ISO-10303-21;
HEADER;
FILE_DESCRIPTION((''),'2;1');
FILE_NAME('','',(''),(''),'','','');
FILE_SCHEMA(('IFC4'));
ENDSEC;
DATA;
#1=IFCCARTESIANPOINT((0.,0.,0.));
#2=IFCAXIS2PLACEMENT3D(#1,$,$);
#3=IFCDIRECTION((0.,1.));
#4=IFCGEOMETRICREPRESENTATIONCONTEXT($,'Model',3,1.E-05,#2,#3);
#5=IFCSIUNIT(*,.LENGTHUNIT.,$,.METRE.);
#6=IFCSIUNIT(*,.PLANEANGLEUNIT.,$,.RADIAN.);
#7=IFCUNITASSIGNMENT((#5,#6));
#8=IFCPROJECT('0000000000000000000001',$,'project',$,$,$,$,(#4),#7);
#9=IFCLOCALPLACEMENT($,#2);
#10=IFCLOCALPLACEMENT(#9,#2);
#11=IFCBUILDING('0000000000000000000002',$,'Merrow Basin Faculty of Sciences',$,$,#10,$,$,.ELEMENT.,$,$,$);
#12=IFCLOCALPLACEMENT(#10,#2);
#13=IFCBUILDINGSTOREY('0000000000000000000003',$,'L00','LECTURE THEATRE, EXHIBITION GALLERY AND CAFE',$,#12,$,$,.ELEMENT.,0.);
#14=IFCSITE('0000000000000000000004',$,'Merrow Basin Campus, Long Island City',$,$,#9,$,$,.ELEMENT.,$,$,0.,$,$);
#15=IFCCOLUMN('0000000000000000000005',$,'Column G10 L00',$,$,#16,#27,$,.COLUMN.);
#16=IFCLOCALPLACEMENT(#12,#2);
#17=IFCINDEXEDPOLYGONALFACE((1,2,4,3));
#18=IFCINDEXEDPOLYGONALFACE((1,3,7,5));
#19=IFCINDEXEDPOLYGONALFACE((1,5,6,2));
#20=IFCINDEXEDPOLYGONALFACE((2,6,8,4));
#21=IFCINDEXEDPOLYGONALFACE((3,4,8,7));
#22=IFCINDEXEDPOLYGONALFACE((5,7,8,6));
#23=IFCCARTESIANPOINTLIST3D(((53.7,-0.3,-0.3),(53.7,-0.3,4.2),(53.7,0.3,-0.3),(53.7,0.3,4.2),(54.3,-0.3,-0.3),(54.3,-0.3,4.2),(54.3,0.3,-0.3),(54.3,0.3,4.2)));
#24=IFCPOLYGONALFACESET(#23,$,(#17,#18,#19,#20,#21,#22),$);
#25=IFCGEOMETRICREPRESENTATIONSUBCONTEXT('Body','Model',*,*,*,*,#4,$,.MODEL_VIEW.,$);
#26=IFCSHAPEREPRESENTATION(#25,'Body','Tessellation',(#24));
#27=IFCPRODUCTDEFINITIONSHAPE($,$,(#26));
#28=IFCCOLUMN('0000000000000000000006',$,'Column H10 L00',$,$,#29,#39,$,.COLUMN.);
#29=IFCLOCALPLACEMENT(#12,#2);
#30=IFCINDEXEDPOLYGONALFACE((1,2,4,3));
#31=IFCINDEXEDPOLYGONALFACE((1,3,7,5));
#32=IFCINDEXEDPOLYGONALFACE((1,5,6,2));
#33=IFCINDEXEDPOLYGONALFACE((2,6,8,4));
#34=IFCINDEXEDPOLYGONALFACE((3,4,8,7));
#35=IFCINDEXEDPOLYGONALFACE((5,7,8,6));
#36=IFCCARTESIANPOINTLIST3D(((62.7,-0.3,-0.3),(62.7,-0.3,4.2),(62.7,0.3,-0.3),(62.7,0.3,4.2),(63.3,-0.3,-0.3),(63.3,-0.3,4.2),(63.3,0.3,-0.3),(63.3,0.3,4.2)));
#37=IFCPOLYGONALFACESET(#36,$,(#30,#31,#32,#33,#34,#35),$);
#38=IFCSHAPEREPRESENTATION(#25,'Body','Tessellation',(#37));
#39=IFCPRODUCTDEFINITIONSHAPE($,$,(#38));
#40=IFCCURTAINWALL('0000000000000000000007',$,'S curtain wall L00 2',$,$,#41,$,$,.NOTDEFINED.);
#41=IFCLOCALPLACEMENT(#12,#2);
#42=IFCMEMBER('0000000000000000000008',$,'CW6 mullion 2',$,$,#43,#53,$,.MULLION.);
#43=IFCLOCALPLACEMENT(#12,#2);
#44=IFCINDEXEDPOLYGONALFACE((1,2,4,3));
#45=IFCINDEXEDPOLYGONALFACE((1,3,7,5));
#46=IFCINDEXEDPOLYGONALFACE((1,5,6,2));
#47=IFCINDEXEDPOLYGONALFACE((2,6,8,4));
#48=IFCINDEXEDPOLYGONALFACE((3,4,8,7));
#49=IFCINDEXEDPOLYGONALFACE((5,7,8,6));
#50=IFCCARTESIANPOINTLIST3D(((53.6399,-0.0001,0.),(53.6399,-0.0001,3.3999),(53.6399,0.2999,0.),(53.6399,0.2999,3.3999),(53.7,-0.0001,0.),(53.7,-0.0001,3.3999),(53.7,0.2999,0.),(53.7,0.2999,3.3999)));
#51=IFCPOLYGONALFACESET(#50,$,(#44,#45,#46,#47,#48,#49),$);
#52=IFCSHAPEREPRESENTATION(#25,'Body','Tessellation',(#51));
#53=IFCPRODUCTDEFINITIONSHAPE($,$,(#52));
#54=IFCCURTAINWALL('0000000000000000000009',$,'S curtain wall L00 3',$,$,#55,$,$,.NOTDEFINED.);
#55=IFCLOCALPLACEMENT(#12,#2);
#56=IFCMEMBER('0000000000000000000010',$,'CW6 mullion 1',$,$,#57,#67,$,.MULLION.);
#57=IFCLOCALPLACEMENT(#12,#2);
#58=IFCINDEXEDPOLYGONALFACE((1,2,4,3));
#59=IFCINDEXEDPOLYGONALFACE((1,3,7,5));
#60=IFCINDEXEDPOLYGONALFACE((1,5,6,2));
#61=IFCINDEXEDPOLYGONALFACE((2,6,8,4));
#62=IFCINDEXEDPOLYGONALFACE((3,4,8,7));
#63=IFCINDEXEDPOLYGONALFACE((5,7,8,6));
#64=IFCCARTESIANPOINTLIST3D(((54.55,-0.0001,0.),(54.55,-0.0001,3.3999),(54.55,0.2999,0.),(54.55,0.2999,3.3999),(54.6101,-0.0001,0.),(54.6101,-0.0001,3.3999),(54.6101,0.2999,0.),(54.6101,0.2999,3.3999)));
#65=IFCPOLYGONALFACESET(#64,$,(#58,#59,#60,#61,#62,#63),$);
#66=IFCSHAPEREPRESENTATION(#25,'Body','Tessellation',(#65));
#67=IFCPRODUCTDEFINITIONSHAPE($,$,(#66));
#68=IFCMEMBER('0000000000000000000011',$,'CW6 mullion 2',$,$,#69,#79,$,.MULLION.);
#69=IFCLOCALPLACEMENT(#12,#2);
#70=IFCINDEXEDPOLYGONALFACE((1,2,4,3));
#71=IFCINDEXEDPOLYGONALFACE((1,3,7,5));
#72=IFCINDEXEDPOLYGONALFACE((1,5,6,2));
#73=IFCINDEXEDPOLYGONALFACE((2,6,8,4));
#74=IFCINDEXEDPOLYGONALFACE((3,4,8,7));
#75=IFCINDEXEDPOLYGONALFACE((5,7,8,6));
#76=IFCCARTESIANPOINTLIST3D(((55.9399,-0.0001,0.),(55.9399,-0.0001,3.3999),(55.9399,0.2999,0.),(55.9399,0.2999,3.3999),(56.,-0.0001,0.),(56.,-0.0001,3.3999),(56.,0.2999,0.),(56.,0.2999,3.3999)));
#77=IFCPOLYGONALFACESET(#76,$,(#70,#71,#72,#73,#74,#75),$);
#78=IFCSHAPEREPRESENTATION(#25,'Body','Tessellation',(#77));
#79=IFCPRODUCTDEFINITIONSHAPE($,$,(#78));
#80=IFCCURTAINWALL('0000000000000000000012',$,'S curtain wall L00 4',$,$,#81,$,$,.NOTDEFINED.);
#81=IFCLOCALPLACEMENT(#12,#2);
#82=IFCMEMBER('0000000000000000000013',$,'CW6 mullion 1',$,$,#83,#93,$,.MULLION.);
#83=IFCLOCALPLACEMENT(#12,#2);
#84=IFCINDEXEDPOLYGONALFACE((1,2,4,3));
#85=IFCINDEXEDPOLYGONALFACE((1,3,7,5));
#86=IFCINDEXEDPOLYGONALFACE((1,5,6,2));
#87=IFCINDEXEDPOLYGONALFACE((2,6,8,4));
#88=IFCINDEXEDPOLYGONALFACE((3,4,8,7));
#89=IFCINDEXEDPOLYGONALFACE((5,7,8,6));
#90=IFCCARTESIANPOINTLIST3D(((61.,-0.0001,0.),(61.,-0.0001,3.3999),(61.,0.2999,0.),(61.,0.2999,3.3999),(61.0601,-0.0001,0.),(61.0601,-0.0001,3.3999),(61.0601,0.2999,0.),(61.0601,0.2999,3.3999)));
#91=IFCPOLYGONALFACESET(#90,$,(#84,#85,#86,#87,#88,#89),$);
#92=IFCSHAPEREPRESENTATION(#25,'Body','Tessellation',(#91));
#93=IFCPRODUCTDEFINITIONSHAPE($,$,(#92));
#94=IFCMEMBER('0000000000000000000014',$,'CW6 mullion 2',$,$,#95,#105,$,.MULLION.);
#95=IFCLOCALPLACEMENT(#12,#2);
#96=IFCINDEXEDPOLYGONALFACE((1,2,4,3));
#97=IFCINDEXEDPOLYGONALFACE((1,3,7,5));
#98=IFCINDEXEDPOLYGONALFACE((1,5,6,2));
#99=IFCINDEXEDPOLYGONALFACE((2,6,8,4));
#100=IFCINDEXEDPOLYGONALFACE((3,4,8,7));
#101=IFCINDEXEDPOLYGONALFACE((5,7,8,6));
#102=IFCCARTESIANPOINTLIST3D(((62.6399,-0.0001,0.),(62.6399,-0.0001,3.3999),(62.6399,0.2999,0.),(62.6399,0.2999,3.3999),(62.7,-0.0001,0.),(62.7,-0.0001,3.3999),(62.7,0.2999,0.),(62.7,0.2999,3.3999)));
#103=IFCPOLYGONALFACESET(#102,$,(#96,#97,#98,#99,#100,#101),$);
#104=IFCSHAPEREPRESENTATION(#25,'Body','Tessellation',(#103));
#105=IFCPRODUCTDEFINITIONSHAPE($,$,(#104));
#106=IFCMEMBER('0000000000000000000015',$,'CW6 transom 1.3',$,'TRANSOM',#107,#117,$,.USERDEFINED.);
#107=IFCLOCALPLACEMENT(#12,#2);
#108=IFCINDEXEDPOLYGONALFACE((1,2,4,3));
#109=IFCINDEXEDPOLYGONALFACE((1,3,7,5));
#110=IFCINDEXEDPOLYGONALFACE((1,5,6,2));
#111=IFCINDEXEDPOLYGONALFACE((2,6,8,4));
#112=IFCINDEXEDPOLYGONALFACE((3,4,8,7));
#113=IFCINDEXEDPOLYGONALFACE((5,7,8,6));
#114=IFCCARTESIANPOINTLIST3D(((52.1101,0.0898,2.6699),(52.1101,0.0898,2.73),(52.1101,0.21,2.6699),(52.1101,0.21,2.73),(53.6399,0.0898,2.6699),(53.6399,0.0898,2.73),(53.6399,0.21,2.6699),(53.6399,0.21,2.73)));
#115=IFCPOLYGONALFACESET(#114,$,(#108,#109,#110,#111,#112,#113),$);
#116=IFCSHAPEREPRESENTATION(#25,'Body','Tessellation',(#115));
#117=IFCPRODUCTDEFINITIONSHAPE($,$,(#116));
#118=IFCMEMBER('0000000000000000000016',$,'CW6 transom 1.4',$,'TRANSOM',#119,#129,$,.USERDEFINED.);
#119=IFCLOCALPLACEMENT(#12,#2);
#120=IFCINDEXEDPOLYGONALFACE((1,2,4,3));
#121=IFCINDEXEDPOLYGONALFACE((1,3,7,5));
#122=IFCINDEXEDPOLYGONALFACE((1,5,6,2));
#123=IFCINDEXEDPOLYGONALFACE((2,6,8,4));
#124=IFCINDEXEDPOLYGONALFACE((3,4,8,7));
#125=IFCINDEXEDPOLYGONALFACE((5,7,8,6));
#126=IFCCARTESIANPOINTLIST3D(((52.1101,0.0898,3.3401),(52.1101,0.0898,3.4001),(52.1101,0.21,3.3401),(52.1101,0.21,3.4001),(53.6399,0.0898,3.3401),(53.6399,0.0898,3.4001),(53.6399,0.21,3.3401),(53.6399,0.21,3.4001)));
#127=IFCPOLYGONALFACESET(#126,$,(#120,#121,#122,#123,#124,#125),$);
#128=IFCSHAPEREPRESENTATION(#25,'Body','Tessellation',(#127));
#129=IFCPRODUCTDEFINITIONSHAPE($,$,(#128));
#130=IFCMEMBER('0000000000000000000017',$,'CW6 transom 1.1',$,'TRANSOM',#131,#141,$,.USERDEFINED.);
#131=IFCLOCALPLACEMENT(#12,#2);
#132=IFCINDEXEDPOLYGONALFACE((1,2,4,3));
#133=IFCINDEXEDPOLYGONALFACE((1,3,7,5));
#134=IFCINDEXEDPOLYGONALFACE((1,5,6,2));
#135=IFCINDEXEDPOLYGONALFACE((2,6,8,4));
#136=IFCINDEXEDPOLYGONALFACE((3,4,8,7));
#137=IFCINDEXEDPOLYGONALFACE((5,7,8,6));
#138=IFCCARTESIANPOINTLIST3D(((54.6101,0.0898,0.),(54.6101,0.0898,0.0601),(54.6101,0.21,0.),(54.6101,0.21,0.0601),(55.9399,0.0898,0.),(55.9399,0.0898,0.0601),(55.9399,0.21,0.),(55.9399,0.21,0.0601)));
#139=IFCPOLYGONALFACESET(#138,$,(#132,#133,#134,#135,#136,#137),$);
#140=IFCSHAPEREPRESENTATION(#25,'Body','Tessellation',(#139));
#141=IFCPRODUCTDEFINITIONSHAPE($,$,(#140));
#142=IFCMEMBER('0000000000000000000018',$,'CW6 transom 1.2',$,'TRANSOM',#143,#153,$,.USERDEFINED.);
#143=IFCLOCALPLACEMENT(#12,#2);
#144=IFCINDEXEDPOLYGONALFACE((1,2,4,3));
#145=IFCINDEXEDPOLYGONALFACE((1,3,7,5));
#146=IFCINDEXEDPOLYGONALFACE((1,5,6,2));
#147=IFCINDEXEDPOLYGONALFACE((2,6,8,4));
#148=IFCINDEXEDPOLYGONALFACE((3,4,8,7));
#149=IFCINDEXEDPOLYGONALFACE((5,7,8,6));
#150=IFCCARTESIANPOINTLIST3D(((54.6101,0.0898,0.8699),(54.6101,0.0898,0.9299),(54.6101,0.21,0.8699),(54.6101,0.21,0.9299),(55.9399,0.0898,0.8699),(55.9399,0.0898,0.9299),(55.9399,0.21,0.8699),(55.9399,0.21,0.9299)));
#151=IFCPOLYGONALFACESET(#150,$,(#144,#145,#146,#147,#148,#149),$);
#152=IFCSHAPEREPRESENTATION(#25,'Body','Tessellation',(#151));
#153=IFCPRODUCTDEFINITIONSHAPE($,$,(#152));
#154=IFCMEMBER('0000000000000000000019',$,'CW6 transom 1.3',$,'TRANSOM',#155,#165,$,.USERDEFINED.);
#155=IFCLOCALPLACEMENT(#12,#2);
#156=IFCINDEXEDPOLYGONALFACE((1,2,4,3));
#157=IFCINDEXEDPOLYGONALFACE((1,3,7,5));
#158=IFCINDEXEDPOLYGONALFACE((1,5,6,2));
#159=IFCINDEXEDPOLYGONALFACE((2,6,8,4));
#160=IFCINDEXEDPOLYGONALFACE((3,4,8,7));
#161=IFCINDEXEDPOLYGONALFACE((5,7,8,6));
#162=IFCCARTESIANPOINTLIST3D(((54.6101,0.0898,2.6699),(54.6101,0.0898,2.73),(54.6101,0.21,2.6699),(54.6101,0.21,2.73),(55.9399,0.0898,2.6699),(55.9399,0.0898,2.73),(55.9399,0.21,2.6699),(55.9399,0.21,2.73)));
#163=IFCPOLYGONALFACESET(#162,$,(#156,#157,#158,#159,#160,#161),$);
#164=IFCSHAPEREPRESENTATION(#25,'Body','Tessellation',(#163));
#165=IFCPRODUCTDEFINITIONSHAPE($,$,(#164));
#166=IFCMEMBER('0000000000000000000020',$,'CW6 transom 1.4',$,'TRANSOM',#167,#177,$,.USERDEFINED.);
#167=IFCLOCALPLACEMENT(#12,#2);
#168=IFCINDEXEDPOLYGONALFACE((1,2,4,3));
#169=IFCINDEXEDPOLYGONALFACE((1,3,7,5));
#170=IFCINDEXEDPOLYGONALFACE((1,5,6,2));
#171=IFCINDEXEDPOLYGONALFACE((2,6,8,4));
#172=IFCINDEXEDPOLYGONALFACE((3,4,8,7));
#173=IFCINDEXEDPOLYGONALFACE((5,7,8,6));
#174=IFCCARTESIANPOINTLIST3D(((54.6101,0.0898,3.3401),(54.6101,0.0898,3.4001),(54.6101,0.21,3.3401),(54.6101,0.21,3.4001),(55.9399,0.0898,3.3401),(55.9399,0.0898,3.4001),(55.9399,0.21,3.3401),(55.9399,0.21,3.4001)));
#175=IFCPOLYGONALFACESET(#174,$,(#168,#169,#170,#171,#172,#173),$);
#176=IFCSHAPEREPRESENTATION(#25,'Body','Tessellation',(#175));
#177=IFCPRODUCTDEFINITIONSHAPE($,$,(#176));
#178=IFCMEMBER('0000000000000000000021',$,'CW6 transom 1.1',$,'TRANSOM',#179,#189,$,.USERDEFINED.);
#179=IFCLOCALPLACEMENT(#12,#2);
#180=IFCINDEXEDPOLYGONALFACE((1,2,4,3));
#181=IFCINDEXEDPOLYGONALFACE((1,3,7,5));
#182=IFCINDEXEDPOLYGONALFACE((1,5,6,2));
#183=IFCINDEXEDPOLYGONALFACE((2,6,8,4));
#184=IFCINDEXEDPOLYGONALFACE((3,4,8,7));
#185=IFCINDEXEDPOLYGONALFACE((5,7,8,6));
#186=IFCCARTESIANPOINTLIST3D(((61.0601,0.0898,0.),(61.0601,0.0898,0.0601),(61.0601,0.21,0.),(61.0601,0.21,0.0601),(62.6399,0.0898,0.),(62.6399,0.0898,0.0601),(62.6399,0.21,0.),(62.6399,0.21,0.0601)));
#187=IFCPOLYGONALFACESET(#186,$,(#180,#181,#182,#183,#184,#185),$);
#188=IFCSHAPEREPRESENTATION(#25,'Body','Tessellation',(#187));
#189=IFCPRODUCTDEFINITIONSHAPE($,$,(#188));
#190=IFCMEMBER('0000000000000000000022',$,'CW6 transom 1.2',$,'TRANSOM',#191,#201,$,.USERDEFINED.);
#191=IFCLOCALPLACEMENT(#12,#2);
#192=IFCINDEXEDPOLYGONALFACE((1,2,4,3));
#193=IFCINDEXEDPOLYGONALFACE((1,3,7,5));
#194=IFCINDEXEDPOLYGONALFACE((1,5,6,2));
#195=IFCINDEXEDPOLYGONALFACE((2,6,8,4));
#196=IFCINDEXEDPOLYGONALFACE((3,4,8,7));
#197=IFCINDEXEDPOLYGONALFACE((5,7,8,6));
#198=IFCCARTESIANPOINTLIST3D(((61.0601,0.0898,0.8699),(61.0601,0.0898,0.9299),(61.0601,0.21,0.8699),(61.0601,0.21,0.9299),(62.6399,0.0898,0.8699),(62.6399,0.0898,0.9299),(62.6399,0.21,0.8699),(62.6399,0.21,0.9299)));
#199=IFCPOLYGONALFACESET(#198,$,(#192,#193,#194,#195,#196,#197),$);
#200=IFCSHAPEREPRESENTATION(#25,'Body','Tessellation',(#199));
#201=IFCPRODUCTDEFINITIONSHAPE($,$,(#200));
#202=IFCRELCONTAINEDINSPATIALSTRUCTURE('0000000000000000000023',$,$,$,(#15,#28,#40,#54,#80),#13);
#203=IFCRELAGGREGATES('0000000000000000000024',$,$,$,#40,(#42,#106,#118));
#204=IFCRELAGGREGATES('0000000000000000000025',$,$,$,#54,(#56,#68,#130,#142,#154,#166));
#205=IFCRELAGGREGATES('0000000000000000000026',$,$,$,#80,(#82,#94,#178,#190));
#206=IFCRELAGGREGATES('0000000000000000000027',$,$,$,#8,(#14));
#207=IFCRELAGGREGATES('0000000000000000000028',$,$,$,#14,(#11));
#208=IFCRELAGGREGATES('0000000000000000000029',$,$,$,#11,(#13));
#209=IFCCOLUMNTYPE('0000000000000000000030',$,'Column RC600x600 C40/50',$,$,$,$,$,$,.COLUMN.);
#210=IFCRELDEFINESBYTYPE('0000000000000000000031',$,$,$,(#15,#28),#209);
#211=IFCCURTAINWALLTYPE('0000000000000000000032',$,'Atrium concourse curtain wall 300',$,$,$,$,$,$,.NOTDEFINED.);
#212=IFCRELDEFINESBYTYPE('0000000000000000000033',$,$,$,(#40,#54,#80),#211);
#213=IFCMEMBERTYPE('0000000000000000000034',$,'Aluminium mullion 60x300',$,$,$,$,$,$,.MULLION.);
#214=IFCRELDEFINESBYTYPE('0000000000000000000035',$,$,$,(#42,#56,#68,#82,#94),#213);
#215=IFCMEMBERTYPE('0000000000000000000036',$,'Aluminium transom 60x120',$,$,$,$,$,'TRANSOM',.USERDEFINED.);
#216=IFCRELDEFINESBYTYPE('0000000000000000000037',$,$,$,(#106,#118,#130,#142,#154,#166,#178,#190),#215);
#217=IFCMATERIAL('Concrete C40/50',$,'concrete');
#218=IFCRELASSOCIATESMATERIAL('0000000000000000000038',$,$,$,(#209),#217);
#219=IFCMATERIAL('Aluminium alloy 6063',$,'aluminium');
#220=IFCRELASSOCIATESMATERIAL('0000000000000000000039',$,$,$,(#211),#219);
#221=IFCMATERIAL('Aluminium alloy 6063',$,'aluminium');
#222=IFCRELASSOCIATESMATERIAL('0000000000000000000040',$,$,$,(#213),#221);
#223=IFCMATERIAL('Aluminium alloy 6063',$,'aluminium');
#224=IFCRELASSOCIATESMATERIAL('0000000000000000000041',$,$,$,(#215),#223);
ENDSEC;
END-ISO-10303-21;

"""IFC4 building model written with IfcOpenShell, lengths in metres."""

from ifc_helpers import new_model, si_unit, direction, frame, origin, origin_2d, place, context, subcontext, project, spatial, rectangle, extrude, material, material_profile, profile_set, type_object, element, aggregate, save


model = new_model("IFC4")

# Units and contexts
model_context = context("Model", 3, precision=1e-05, world=origin(), true_north=direction((0.0, 1.0)))
body_context = subcontext(model_context, "Body", "Model", "MODEL_VIEW")
ifc_project = project(units=[si_unit("LENGTHUNIT", "METRE"), si_unit("PLANEANGLEUNIT", "RADIAN")], contexts=[model_context])

# Site, building, storey
site_placement = place(None, origin())
site = spatial("IfcSite", under=ifc_project, at=site_placement, Name="Merrow Basin Campus, Long Island City", CompositionType="ELEMENT", RefElevation=0.0)
building_placement = place(site_placement, origin())
building = spatial("IfcBuilding", under=site, at=building_placement, Name="Merrow Basin Faculty of Sciences", CompositionType="ELEMENT")
storey_placement = place(building_placement, origin())
storey = spatial("IfcBuildingStorey", under=building, at=storey_placement, Name="L00", Description="LECTURE THEATRE, EXHIBITION GALLERY AND CAFE", CompositionType="ELEMENT", Elevation=0.0)

# Columns
ifc_material_1 = material(Name="Concrete C40/50", Category="concrete")
ifc_material_profile_1 = material_profile(ifc_material_1, rectangle(XDim=0.6001, YDim=0.6001, at=origin_2d()))
ifc_profile_set_1 = profile_set([ifc_material_profile_1], Name="Concrete C40/50")
column_type = type_object("IfcColumnType", Name="Column RC600x600 C40/50", PredefinedType="COLUMN", material=ifc_profile_set_1)
for number, where, z_axis, x_axis, name in (
    (1, (54.0, 0.0, -0.3), (0.0, 0.0, 1.0), (1.0, 0.0, 0.0), "Column G10 L00"),
    (2, (63.0, 0.0, -0.3), (0.0, 0.0, 1.0), (1.0, 0.0, 0.0), "Column H10 L00"),
):
    element("IfcColumn", number, at=place(storey_placement, frame(where, z_axis=z_axis, x_axis=x_axis)), inside=storey, type_object=column_type, Name=name, PredefinedType="COLUMN", context=body_context, shape_type="SweptSolid", body=[
        extrude(rectangle(XDim=0.6001, YDim=0.6001, at=origin_2d()), origin(), (0.0, 0.0, 1.0), 4.5),
    ])

# Curtain wall, member
ifc_material_2 = material(Name="Aluminium alloy 6063", Category="aluminium")
curtain_wall_type = type_object("IfcCurtainWallType", Name="Atrium concourse curtain wall 300", PredefinedType="NOTDEFINED", material=ifc_material_2)
curtain_wall_1_placement = place(storey_placement, origin())
curtain_wall_1 = element("IfcCurtainWall", 3, at=curtain_wall_1_placement, inside=storey, type_object=curtain_wall_type, Name="S curtain wall L00 2", PredefinedType="NOTDEFINED")
ifc_material_3 = material(Name="Aluminium alloy 6063", Category="aluminium")
ifc_material_profile_2 = material_profile(ifc_material_3, rectangle(XDim=0.3, YDim=0.0601, at=origin_2d()))
ifc_profile_set_2 = profile_set([ifc_material_profile_2], Name="Aluminium alloy 6063")
member_type_1 = type_object("IfcMemberType", Name="Aluminium mullion 60x300", PredefinedType="MULLION", material=ifc_profile_set_2)
member_1_placement = place(storey_placement, frame((53.6699, 0.1499, 0.0), z_axis=(0.0, 0.0, 1.0), x_axis=(0.0, 1.0, 0.0)))
member_1 = element("IfcMember", 4, at=member_1_placement, type_object=member_type_1, Name="CW6 mullion 2", PredefinedType="MULLION", context=body_context, shape_type="SweptSolid", body=[
    extrude(rectangle(XDim=0.3, YDim=0.0601, at=origin_2d()), origin(), (0.0, 0.0, 1.0), 3.3999),
])

# Curtain walls, members
curtain_wall_2_placement = place(storey_placement, origin())
curtain_wall_2 = element("IfcCurtainWall", 5, at=curtain_wall_2_placement, inside=storey, type_object=curtain_wall_type, Name="S curtain wall L00 3", PredefinedType="NOTDEFINED")
member_2_placement = place(storey_placement, frame((54.5801, 0.1499, 0.0), z_axis=(0.0, 0.0, 1.0), x_axis=(0.0, 1.0, 0.0)))
member_2 = element("IfcMember", 6, at=member_2_placement, type_object=member_type_1, Name="CW6 mullion 1", PredefinedType="MULLION", context=body_context, shape_type="SweptSolid", body=[
    extrude(rectangle(XDim=0.3, YDim=0.0601, at=origin_2d()), origin(), (0.0, 0.0, 1.0), 3.3999),
])
member_3_placement = place(storey_placement, frame((55.97, 0.1499, 0.0), z_axis=(0.0, 0.0, 1.0), x_axis=(0.0, 1.0, 0.0)))
member_3 = element("IfcMember", 7, at=member_3_placement, type_object=member_type_1, Name="CW6 mullion 2", PredefinedType="MULLION", context=body_context, shape_type="SweptSolid", body=[
    extrude(rectangle(XDim=0.3, YDim=0.0601, at=origin_2d()), origin(), (0.0, 0.0, 1.0), 3.3999),
])
curtain_wall_3_placement = place(storey_placement, origin())
curtain_wall_3 = element("IfcCurtainWall", 8, at=curtain_wall_3_placement, inside=storey, type_object=curtain_wall_type, Name="S curtain wall L00 4", PredefinedType="NOTDEFINED")
member_4_placement = place(storey_placement, frame((61.03, 0.1499, 0.0), z_axis=(0.0, 0.0, 1.0), x_axis=(0.0, 1.0, 0.0)))
member_4 = element("IfcMember", 9, at=member_4_placement, type_object=member_type_1, Name="CW6 mullion 1", PredefinedType="MULLION", context=body_context, shape_type="SweptSolid", body=[
    extrude(rectangle(XDim=0.3, YDim=0.0601, at=origin_2d()), origin(), (0.0, 0.0, 1.0), 3.3999),
])
member_5_placement = place(storey_placement, frame((62.6699, 0.1499, 0.0), z_axis=(0.0, 0.0, 1.0), x_axis=(0.0, 1.0, 0.0)))
member_5 = element("IfcMember", 10, at=member_5_placement, type_object=member_type_1, Name="CW6 mullion 2", PredefinedType="MULLION", context=body_context, shape_type="SweptSolid", body=[
    extrude(rectangle(XDim=0.3, YDim=0.0601, at=origin_2d()), origin(), (0.0, 0.0, 1.0), 3.3999),
])

# Members
ifc_material_4 = material(Name="Aluminium alloy 6063", Category="aluminium")
ifc_material_profile_3 = material_profile(ifc_material_4, rectangle(XDim=0.1201, YDim=0.0601, at=origin_2d()))
ifc_profile_set_3 = profile_set([ifc_material_profile_3], Name="Aluminium alloy 6063")
member_type_2 = type_object("IfcMemberType", Name="Aluminium transom 60x120", ElementType="TRANSOM", PredefinedType="USERDEFINED", material=ifc_profile_set_3)
member_6_placement = place(storey_placement, frame((52.1101, 0.1499, 2.7), z_axis=(1.0, 0.0, 0.0), x_axis=(0.0, 1.0, 0.0)))
member_6 = element("IfcMember", 11, at=member_6_placement, type_object=member_type_2, Name="CW6 transom 1.3", ObjectType="TRANSOM", PredefinedType="USERDEFINED", context=body_context, shape_type="SweptSolid", body=[
    extrude(rectangle(XDim=0.1201, YDim=0.0601, at=origin_2d()), origin(), (0.0, 0.0, 1.0), 1.5298),
])
member_7_placement = place(storey_placement, frame((52.1101, 0.1499, 3.3701), z_axis=(1.0, 0.0, 0.0), x_axis=(0.0, 1.0, 0.0)))
member_7 = element("IfcMember", 12, at=member_7_placement, type_object=member_type_2, Name="CW6 transom 1.4", ObjectType="TRANSOM", PredefinedType="USERDEFINED", context=body_context, shape_type="SweptSolid", body=[
    extrude(rectangle(XDim=0.1201, YDim=0.0601, at=origin_2d()), origin(), (0.0, 0.0, 1.0), 1.5298),
])
member_8_placement = place(storey_placement, frame((54.6101, 0.1499, 0.03), z_axis=(1.0, 0.0, 0.0), x_axis=(0.0, 1.0, 0.0)))
member_8 = element("IfcMember", 13, at=member_8_placement, type_object=member_type_2, Name="CW6 transom 1.1", ObjectType="TRANSOM", PredefinedType="USERDEFINED", context=body_context, shape_type="SweptSolid", body=[
    extrude(rectangle(XDim=0.1201, YDim=0.0601, at=origin_2d()), origin(), (0.0, 0.0, 1.0), 1.3298),
])
member_9_placement = place(storey_placement, frame((54.6101, 0.1499, 0.8999), z_axis=(1.0, 0.0, 0.0), x_axis=(0.0, 1.0, 0.0)))
member_9 = element("IfcMember", 14, at=member_9_placement, type_object=member_type_2, Name="CW6 transom 1.2", ObjectType="TRANSOM", PredefinedType="USERDEFINED", context=body_context, shape_type="SweptSolid", body=[
    extrude(rectangle(XDim=0.1201, YDim=0.0601, at=origin_2d()), origin(), (0.0, 0.0, 1.0), 1.3298),
])
member_10_placement = place(storey_placement, frame((54.6101, 0.1499, 2.7), z_axis=(1.0, 0.0, 0.0), x_axis=(0.0, 1.0, 0.0)))
member_10 = element("IfcMember", 15, at=member_10_placement, type_object=member_type_2, Name="CW6 transom 1.3", ObjectType="TRANSOM", PredefinedType="USERDEFINED", context=body_context, shape_type="SweptSolid", body=[
    extrude(rectangle(XDim=0.1201, YDim=0.0601, at=origin_2d()), origin(), (0.0, 0.0, 1.0), 1.3298),
])
member_11_placement = place(storey_placement, frame((54.6101, 0.1499, 3.3701), z_axis=(1.0, 0.0, 0.0), x_axis=(0.0, 1.0, 0.0)))
member_11 = element("IfcMember", 16, at=member_11_placement, type_object=member_type_2, Name="CW6 transom 1.4", ObjectType="TRANSOM", PredefinedType="USERDEFINED", context=body_context, shape_type="SweptSolid", body=[
    extrude(rectangle(XDim=0.1201, YDim=0.0601, at=origin_2d()), origin(), (0.0, 0.0, 1.0), 1.3298),
])
member_12_placement = place(storey_placement, frame((61.0601, 0.1499, 0.03), z_axis=(1.0, 0.0, 0.0), x_axis=(0.0, 1.0, 0.0)))
member_12 = element("IfcMember", 17, at=member_12_placement, type_object=member_type_2, Name="CW6 transom 1.1", ObjectType="TRANSOM", PredefinedType="USERDEFINED", context=body_context, shape_type="SweptSolid", body=[
    extrude(rectangle(XDim=0.1201, YDim=0.0601, at=origin_2d()), origin(), (0.0, 0.0, 1.0), 1.5798),
])
member_13_placement = place(storey_placement, frame((61.0601, 0.1499, 0.8999), z_axis=(1.0, 0.0, 0.0), x_axis=(0.0, 1.0, 0.0)))
member_13 = element("IfcMember", 18, at=member_13_placement, type_object=member_type_2, Name="CW6 transom 1.2", ObjectType="TRANSOM", PredefinedType="USERDEFINED", context=body_context, shape_type="SweptSolid", body=[
    extrude(rectangle(XDim=0.1201, YDim=0.0601, at=origin_2d()), origin(), (0.0, 0.0, 1.0), 1.5798),
])

aggregate(curtain_wall_1, [member_1, member_6, member_7])
aggregate(curtain_wall_2, [member_2, member_3, member_8, member_9, member_10, member_11])
aggregate(curtain_wall_3, [member_4, member_5, member_12, member_13])

save(model, "model.ifc")
